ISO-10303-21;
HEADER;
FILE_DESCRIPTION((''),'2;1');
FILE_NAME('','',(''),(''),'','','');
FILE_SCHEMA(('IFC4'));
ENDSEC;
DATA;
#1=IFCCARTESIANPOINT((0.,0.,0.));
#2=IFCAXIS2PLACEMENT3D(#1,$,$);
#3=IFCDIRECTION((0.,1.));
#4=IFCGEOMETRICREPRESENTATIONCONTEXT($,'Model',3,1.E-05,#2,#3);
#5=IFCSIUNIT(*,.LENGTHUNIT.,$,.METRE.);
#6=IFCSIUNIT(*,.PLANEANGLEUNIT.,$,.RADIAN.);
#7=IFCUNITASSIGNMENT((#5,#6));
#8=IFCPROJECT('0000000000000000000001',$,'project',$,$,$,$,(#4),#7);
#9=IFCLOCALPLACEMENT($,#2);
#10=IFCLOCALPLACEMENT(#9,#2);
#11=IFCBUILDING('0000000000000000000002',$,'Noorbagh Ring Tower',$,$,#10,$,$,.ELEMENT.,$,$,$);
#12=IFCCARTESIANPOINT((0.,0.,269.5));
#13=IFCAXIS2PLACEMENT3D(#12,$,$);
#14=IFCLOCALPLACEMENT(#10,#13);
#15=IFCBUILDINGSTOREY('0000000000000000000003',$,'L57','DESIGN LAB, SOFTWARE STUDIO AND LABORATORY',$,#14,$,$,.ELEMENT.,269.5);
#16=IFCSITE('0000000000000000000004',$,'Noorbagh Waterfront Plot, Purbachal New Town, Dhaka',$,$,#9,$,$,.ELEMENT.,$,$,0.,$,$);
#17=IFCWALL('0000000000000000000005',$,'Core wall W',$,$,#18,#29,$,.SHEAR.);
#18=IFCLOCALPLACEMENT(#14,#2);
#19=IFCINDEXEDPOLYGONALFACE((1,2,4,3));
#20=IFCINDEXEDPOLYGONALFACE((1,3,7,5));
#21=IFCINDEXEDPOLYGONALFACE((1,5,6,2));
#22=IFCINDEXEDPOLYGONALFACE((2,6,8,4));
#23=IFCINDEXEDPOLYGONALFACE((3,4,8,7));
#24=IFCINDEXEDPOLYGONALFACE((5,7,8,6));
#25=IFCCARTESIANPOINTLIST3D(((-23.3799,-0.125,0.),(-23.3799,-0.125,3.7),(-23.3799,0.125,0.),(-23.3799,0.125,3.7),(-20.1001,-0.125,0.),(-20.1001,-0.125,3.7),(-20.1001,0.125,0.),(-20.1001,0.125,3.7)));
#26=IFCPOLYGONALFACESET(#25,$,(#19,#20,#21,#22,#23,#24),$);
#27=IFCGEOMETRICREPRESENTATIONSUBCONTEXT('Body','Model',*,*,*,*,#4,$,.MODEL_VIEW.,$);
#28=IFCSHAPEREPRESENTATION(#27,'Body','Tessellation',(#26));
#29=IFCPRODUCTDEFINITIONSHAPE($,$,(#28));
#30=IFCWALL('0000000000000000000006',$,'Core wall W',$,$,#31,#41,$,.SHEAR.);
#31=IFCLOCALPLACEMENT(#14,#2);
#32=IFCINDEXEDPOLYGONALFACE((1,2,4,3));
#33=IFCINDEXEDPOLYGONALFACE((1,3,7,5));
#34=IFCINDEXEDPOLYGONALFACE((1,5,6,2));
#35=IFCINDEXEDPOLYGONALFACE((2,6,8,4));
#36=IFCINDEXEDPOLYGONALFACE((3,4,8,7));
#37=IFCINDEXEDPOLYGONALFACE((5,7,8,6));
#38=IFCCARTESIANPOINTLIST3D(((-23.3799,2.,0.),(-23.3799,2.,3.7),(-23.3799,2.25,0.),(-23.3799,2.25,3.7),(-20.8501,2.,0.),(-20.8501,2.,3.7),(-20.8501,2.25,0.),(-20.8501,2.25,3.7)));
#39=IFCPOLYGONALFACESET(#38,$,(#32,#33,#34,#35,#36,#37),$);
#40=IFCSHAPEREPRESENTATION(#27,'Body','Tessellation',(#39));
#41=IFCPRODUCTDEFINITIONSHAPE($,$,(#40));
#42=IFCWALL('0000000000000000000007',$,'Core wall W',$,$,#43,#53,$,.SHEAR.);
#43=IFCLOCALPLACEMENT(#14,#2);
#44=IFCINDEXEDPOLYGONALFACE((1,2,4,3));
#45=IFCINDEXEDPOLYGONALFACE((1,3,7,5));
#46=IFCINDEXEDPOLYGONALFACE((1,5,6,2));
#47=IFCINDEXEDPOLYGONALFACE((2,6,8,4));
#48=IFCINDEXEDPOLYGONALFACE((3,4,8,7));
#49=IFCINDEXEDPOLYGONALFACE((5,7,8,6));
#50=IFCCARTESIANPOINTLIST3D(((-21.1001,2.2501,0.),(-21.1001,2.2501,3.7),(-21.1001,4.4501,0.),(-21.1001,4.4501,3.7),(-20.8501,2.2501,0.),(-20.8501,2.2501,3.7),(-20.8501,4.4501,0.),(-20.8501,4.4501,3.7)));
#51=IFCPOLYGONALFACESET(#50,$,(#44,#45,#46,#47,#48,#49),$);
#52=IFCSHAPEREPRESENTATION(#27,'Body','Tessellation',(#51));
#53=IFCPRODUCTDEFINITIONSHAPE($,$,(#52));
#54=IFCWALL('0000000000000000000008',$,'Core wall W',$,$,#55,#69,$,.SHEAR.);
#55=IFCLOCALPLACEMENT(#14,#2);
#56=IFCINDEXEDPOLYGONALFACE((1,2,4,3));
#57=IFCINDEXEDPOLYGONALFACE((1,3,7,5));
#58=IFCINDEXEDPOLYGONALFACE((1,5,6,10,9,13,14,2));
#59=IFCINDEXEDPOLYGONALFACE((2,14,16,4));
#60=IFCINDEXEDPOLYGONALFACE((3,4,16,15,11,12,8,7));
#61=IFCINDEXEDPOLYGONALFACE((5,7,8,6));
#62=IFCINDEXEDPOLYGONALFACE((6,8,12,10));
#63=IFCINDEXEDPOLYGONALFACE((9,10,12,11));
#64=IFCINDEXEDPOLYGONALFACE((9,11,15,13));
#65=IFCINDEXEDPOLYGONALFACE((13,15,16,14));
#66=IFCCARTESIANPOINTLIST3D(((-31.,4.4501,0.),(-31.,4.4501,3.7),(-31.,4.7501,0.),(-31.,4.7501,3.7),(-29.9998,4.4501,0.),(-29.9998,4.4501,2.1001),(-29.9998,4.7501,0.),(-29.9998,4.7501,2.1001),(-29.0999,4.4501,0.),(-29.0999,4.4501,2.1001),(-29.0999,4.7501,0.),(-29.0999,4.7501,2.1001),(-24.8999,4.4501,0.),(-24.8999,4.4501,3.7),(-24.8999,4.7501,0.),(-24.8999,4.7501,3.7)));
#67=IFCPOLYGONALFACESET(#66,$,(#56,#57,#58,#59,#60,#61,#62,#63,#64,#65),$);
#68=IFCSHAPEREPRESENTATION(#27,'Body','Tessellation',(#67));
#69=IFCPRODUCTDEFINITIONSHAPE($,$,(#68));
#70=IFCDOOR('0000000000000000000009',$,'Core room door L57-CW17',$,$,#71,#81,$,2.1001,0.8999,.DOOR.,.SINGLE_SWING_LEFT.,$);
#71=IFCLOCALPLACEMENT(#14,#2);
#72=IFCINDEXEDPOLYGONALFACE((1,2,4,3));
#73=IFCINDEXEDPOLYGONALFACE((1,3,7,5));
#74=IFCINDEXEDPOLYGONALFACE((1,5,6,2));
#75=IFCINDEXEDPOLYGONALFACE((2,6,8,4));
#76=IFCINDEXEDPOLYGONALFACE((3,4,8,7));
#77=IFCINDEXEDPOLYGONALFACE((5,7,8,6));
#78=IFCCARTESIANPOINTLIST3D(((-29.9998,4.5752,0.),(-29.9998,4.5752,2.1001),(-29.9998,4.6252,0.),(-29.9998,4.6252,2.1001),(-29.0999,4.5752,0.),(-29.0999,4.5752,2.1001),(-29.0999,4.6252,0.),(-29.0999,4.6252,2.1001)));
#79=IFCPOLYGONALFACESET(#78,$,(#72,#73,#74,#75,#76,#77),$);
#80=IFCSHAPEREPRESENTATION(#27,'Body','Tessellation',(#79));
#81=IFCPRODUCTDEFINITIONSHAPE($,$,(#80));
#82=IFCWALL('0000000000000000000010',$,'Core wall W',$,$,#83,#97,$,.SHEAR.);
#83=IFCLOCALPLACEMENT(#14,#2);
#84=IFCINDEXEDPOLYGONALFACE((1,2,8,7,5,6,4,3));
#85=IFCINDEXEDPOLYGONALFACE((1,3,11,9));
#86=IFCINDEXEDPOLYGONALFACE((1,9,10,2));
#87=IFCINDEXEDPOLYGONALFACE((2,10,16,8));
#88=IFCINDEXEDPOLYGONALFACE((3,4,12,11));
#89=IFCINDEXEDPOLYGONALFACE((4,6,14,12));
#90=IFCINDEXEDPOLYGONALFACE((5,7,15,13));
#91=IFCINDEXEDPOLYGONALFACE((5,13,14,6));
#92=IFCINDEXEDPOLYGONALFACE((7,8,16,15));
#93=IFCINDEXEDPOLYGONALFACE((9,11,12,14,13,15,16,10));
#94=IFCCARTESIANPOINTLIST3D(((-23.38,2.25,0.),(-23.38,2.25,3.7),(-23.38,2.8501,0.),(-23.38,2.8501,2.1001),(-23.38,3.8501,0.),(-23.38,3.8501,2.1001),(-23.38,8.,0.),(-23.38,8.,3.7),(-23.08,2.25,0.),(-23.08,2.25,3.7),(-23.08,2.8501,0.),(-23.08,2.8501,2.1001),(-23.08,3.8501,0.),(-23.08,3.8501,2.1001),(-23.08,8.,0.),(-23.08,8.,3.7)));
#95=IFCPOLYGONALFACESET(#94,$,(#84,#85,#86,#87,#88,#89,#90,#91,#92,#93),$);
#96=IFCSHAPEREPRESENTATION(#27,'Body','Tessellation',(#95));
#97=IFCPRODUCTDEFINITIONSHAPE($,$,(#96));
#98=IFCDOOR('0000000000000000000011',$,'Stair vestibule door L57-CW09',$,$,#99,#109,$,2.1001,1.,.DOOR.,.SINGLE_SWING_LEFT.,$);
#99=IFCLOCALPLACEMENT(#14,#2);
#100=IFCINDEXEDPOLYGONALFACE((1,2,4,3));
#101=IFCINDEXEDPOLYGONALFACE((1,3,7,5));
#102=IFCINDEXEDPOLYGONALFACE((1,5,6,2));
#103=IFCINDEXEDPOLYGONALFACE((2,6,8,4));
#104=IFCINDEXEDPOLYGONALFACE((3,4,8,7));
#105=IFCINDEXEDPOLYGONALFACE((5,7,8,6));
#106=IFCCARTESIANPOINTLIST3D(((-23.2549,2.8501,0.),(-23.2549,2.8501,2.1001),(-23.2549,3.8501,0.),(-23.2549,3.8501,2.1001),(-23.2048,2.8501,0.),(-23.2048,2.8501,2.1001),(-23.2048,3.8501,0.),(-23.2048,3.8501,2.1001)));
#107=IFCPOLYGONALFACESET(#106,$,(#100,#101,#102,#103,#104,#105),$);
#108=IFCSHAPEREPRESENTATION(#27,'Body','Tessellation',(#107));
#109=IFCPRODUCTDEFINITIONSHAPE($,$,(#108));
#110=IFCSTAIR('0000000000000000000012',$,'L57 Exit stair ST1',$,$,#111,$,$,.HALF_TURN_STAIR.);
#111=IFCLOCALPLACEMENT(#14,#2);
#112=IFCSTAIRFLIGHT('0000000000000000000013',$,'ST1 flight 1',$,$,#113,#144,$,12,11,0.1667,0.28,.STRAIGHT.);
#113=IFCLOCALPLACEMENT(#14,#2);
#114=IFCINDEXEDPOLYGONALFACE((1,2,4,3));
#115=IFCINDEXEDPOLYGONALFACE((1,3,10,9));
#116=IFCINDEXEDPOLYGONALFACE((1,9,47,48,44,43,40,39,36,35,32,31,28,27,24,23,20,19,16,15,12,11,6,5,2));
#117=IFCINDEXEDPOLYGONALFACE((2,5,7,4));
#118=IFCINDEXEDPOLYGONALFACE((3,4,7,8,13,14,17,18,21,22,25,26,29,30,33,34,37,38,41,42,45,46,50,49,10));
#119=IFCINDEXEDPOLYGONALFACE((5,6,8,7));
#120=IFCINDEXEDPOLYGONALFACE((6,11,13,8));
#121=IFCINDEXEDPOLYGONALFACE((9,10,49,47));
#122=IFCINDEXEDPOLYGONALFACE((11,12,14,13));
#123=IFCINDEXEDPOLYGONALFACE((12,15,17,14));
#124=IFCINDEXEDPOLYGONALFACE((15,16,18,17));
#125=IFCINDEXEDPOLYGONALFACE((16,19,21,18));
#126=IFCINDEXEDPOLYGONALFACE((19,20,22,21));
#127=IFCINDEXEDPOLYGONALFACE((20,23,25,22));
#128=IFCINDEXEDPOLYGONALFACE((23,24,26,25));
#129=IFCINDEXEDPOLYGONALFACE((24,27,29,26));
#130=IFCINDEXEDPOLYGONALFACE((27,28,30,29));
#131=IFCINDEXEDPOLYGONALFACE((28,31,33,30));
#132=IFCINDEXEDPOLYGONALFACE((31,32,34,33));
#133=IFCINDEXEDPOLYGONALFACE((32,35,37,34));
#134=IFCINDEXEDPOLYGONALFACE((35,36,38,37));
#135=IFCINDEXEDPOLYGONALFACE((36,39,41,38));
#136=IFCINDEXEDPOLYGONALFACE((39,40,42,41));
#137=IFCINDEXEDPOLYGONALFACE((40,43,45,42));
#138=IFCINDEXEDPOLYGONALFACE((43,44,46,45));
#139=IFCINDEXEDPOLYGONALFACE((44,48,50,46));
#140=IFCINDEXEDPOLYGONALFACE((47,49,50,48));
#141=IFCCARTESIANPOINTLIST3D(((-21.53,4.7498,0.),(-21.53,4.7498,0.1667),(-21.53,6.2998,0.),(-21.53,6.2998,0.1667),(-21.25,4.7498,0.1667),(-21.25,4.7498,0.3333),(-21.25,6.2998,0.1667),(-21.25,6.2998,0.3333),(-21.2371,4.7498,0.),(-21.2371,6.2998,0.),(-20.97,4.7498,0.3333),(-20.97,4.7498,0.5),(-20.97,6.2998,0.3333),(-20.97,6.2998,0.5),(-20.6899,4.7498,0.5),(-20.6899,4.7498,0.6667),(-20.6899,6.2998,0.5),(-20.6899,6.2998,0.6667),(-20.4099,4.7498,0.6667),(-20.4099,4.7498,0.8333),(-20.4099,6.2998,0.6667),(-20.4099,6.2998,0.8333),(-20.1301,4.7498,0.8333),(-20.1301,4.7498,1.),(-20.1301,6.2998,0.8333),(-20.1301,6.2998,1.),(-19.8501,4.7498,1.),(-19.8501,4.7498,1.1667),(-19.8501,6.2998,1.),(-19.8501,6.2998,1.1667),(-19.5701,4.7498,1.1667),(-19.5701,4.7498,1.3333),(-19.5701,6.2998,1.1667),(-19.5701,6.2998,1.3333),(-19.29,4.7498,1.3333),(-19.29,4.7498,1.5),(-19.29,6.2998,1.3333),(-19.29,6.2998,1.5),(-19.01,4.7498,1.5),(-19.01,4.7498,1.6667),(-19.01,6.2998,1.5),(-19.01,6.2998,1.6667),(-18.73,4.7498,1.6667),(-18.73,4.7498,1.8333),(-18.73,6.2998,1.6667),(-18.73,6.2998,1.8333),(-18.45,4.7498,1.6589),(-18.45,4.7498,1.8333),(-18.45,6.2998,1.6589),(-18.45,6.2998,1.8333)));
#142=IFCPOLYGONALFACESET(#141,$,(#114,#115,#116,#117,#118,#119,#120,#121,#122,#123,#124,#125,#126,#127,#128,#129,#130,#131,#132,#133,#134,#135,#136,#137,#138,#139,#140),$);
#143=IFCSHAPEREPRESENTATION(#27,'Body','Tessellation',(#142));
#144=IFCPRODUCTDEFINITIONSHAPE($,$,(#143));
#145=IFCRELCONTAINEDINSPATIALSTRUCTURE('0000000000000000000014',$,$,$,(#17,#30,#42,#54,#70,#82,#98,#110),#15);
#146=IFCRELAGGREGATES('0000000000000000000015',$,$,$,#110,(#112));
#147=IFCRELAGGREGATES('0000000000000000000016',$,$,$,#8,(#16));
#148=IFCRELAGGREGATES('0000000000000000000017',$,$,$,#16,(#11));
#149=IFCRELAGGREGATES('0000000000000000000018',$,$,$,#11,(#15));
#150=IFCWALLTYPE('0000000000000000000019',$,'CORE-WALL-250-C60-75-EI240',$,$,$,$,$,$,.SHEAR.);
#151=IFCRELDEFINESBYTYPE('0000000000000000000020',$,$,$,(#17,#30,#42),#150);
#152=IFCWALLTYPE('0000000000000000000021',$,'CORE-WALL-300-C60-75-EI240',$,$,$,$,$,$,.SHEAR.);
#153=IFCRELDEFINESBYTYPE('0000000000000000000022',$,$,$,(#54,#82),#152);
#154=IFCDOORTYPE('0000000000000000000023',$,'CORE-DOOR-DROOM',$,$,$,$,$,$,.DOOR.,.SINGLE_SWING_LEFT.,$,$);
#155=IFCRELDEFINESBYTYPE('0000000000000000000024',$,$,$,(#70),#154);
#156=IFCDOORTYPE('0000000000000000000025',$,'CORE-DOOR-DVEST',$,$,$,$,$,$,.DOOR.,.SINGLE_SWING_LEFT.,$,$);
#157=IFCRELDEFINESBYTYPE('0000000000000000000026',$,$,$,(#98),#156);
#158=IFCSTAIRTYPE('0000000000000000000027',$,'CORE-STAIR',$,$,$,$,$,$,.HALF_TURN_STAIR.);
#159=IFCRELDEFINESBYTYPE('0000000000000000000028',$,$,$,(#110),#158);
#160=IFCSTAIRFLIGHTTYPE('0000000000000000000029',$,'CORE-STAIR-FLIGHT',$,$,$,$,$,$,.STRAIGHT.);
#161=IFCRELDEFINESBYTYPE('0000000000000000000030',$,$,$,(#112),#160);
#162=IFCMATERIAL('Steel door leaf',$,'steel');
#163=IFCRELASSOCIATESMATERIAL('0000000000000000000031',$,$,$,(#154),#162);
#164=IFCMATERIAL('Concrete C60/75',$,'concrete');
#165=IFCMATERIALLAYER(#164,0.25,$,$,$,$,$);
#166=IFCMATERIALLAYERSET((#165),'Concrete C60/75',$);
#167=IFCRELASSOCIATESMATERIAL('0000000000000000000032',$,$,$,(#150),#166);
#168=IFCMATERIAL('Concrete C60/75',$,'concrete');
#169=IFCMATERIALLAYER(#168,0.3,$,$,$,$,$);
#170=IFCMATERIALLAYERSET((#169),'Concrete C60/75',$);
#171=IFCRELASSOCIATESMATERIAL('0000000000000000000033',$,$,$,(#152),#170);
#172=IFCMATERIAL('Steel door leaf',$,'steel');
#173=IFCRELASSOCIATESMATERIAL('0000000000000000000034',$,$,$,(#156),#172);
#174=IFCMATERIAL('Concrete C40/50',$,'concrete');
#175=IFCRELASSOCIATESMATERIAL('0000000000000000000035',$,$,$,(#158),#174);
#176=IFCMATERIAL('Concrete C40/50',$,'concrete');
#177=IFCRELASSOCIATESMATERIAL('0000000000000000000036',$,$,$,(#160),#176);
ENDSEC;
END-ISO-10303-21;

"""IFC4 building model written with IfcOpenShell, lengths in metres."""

from ifc_helpers import new_model, si_unit, direction, frame, frame_2d, origin, place, context, subcontext, project, spatial, polyline, rectangle, outline, extrude, material, layer, layer_set, type_object, element, fill, aggregate, save


model = new_model("IFC4")

# Units and contexts
model_context = context("Model", 3, precision=1e-05, world=origin(), true_north=direction((0.0, 1.0)))
body_context = subcontext(model_context, "Body", "Model", "MODEL_VIEW")
ifc_project = project(units=[si_unit("LENGTHUNIT", "METRE"), si_unit("PLANEANGLEUNIT", "RADIAN")], contexts=[model_context])

# Site, building, storey
site_placement = place(None, origin())
site = spatial("IfcSite", under=ifc_project, at=site_placement, Name="Noorbagh Waterfront Plot, Purbachal New Town, Dhaka", CompositionType="ELEMENT", RefElevation=0.0)
building_placement = place(site_placement, origin())
building = spatial("IfcBuilding", under=site, at=building_placement, Name="Noorbagh Ring Tower", CompositionType="ELEMENT")
storey_placement = place(building_placement, frame((0.0, 0.0, 269.5)))
storey = spatial("IfcBuildingStorey", under=building, at=storey_placement, Name="L57", Description="DESIGN LAB, SOFTWARE STUDIO AND LABORATORY", CompositionType="ELEMENT", Elevation=269.5)

# Shared definitions
ifc_material_1 = material(Name="Steel door leaf", Category="steel")
door_type_1 = type_object("IfcDoorType", Name="CORE-DOOR-DROOM", OperationType="SINGLE_SWING_LEFT", PredefinedType="DOOR", material=ifc_material_1)

# Walls
ifc_material_2 = material(Name="Concrete C60/75", Category="concrete")
ifc_layer_1 = layer(ifc_material_2, 0.25)
ifc_layer_set_1 = layer_set([ifc_layer_1], Name="Concrete C60/75")
wall_type_1 = type_object("IfcWallType", Name="CORE-WALL-250-C60-75-EI240", PredefinedType="SHEAR", material=ifc_layer_set_1)
wall_1_placement = place(storey_placement, frame((-20.1001, 0.0, 0.0), z_axis=(0.0, 0.0, 1.0), x_axis=(-1.0, 0.0, 0.0)))
element("IfcWall", 1, at=wall_1_placement, inside=storey, type_object=wall_type_1, Name="Core wall W", PredefinedType="SHEAR", context=body_context, shape_type="SweptSolid", body=[
    extrude(rectangle(XDim=3.2798, YDim=0.25, at=frame_2d((1.6399, 0.0))), origin(), (0.0, 0.0, 1.0), 3.7),
])
wall_2_placement = place(storey_placement, frame((-20.8501, 2.125, 0.0), z_axis=(0.0, 0.0, 1.0), x_axis=(-1.0, 0.0, 0.0)))
element("IfcWall", 2, at=wall_2_placement, inside=storey, type_object=wall_type_1, Name="Core wall W", PredefinedType="SHEAR", context=body_context, shape_type="SweptSolid", body=[
    extrude(rectangle(XDim=2.5298, YDim=0.25, at=frame_2d((1.2649, 0.0))), origin(), (0.0, 0.0, 1.0), 3.7),
])
wall_3_placement = place(storey_placement, frame((-20.9751, 2.25, 0.0), z_axis=(0.0, 0.0, 1.0), x_axis=(0.0, 1.0, 0.0)))
element("IfcWall", 3, at=wall_3_placement, inside=storey, type_object=wall_type_1, Name="Core wall W", PredefinedType="SHEAR", context=body_context, shape_type="SweptSolid", body=[
    extrude(rectangle(XDim=2.2, YDim=0.25, at=frame_2d((1.1001, 0.0))), origin(), (0.0, 0.0, 1.0), 3.7),
])

# Walls, openings, doors
ifc_material_3 = material(Name="Concrete C60/75", Category="concrete")
ifc_layer_2 = layer(ifc_material_3, 0.3)
ifc_layer_set_2 = layer_set([ifc_layer_2], Name="Concrete C60/75")
wall_type_2 = type_object("IfcWallType", Name="CORE-WALL-300-C60-75-EI240", PredefinedType="SHEAR", material=ifc_layer_set_2)
wall_4_placement = place(storey_placement, frame((-24.8999, 4.6001, 0.0), z_axis=(0.0, 0.0, 1.0), x_axis=(-1.0, 0.0, 0.0)))
wall_4 = element("IfcWall", 4, at=wall_4_placement, inside=storey, type_object=wall_type_2, Name="Core wall W", PredefinedType="SHEAR", context=body_context, shape_type="SweptSolid", body=[
    extrude(rectangle(XDim=6.1001, YDim=0.3, at=frame_2d((3.05, 0.0))), origin(), (0.0, 0.0, 1.0), 3.7),
])
opening_1_placement = place(wall_4_placement, frame((4.2, 0.0, 0.0)))
opening_1 = element("IfcOpeningElement", 5, at=opening_1_placement, cuts=wall_4, PredefinedType="OPENING", context=body_context, shape_type="SweptSolid", body=[
    extrude(rectangle(XDim=0.8999, YDim=2.1001, at=frame_2d((0.45, 1.05))), frame((0.0, 0.1602, 0.0), z_axis=(0.0, -1.0, 0.0), x_axis=(1.0, 0.0, 0.0)), (0.0, 0.0, 1.0), 0.3201),
])
door_1_placement = place(opening_1_placement, origin())
door_1 = element("IfcDoor", 6, at=door_1_placement, inside=storey, type_object=door_type_1, Name="Core room door L57-CW17", OperationType="SINGLE_SWING_LEFT", OverallHeight=2.1001, OverallWidth=0.8999, PredefinedType="DOOR", context=body_context, shape_type="SweptSolid", body=[
    extrude(rectangle(XDim=0.8999, YDim=2.1001, at=frame_2d((0.45, 1.05))), frame((0.0, 0.0249, 0.0), z_axis=(0.0, -1.0, 0.0), x_axis=(1.0, 0.0, 0.0)), (0.0, 0.0, 1.0), 0.05),
])
fill(opening_1, door_1)
wall_5_placement = place(storey_placement, frame((-23.23, 2.25, 0.0), z_axis=(0.0, 0.0, 1.0), x_axis=(0.0, 1.0, 0.0)))
wall_5 = element("IfcWall", 7, at=wall_5_placement, inside=storey, type_object=wall_type_2, Name="Core wall W", PredefinedType="SHEAR", context=body_context, shape_type="SweptSolid", body=[
    extrude(rectangle(XDim=5.75, YDim=0.3, at=frame_2d((2.875, 0.0))), origin(), (0.0, 0.0, 1.0), 3.7),
])
opening_2_placement = place(wall_5_placement, frame((0.6001, 0.0, 0.0)))
opening_2 = element("IfcOpeningElement", 8, at=opening_2_placement, cuts=wall_5, PredefinedType="OPENING", context=body_context, shape_type="SweptSolid", body=[
    extrude(rectangle(XDim=1.0, YDim=2.1001, at=frame_2d((0.5, 1.05))), frame((0.0, 0.1602, 0.0), z_axis=(0.0, -1.0, 0.0), x_axis=(1.0, 0.0, 0.0)), (0.0, 0.0, 1.0), 0.3201),
])
ifc_material_4 = material(Name="Steel door leaf", Category="steel")
door_type_2 = type_object("IfcDoorType", Name="CORE-DOOR-DVEST", OperationType="SINGLE_SWING_LEFT", PredefinedType="DOOR", material=ifc_material_4)
door_2_placement = place(opening_2_placement, origin())
door_2 = element("IfcDoor", 9, at=door_2_placement, inside=storey, type_object=door_type_2, Name="Stair vestibule door L57-CW09", OperationType="SINGLE_SWING_LEFT", OverallHeight=2.1001, OverallWidth=1.0, PredefinedType="DOOR", context=body_context, shape_type="SweptSolid", body=[
    extrude(rectangle(XDim=1.0, YDim=2.1001, at=frame_2d((0.5, 1.05))), frame((0.0, 0.0249, 0.0), z_axis=(0.0, -1.0, 0.0), x_axis=(1.0, 0.0, 0.0)), (0.0, 0.0, 1.0), 0.05),
])
fill(opening_2, door_2)

# Stair, stair flight
ifc_material_5 = material(Name="Concrete C40/50", Category="concrete")
stair_type = type_object("IfcStairType", Name="CORE-STAIR", PredefinedType="HALF_TURN_STAIR", material=ifc_material_5)
stair_placement = place(storey_placement, origin())
stair = element("IfcStair", 10, at=stair_placement, inside=storey, type_object=stair_type, Name="L57 Exit stair ST1", PredefinedType="HALF_TURN_STAIR")
ifc_material_6 = material(Name="Concrete C40/50", Category="concrete")
stair_flight_type = type_object("IfcStairFlightType", Name="CORE-STAIR-FLIGHT", PredefinedType="STRAIGHT", material=ifc_material_6)
stair_flight_placement = place(storey_placement, frame((-21.53, 5.5249, 0.0), z_axis=(0.0, 0.0, 1.0), x_axis=(1.0, 0.0, 0.0)))
stair_flight = element("IfcStairFlight", 11, at=stair_flight_placement, type_object=stair_flight_type, Name="ST1 flight 1", NumberOfRisers=12, NumberOfTreads=11, PredefinedType="STRAIGHT", RiserHeight=0.1667, TreadLength=0.28, context=body_context, shape_type="SweptSolid", body=[
    extrude(outline(polyline([(0.0, 0.0), (0.0, 0.1667), (0.28, 0.1667), (0.28, 0.3333), (0.5601, 0.3333), (0.5601, 0.5), (0.8401, 0.5), (0.8401, 0.6667), (1.1201, 0.6667), (1.1201, 0.8333), (1.3999, 0.8333), (1.3999, 1.0), (1.6799, 1.0), (1.6799, 1.1667), (1.96, 1.1667), (1.96, 1.3333), (2.24, 1.3333), (2.24, 1.5), (2.52, 1.5), (2.52, 1.6667), (2.8, 1.6667), (2.8, 1.8333), (3.0801, 1.8333), (3.0801, 2.0), (3.0801, 1.6589), (0.293, 0.0), (0.0, 0.0)])), frame((0.0, 0.7749, 0.0), z_axis=(0.0, -1.0, 0.0), x_axis=(1.0, 0.0, 0.0)), (0.0, 0.0, 1.0), 1.55),
])
aggregate(stair, [stair_flight])

save(model, "model.ifc")
